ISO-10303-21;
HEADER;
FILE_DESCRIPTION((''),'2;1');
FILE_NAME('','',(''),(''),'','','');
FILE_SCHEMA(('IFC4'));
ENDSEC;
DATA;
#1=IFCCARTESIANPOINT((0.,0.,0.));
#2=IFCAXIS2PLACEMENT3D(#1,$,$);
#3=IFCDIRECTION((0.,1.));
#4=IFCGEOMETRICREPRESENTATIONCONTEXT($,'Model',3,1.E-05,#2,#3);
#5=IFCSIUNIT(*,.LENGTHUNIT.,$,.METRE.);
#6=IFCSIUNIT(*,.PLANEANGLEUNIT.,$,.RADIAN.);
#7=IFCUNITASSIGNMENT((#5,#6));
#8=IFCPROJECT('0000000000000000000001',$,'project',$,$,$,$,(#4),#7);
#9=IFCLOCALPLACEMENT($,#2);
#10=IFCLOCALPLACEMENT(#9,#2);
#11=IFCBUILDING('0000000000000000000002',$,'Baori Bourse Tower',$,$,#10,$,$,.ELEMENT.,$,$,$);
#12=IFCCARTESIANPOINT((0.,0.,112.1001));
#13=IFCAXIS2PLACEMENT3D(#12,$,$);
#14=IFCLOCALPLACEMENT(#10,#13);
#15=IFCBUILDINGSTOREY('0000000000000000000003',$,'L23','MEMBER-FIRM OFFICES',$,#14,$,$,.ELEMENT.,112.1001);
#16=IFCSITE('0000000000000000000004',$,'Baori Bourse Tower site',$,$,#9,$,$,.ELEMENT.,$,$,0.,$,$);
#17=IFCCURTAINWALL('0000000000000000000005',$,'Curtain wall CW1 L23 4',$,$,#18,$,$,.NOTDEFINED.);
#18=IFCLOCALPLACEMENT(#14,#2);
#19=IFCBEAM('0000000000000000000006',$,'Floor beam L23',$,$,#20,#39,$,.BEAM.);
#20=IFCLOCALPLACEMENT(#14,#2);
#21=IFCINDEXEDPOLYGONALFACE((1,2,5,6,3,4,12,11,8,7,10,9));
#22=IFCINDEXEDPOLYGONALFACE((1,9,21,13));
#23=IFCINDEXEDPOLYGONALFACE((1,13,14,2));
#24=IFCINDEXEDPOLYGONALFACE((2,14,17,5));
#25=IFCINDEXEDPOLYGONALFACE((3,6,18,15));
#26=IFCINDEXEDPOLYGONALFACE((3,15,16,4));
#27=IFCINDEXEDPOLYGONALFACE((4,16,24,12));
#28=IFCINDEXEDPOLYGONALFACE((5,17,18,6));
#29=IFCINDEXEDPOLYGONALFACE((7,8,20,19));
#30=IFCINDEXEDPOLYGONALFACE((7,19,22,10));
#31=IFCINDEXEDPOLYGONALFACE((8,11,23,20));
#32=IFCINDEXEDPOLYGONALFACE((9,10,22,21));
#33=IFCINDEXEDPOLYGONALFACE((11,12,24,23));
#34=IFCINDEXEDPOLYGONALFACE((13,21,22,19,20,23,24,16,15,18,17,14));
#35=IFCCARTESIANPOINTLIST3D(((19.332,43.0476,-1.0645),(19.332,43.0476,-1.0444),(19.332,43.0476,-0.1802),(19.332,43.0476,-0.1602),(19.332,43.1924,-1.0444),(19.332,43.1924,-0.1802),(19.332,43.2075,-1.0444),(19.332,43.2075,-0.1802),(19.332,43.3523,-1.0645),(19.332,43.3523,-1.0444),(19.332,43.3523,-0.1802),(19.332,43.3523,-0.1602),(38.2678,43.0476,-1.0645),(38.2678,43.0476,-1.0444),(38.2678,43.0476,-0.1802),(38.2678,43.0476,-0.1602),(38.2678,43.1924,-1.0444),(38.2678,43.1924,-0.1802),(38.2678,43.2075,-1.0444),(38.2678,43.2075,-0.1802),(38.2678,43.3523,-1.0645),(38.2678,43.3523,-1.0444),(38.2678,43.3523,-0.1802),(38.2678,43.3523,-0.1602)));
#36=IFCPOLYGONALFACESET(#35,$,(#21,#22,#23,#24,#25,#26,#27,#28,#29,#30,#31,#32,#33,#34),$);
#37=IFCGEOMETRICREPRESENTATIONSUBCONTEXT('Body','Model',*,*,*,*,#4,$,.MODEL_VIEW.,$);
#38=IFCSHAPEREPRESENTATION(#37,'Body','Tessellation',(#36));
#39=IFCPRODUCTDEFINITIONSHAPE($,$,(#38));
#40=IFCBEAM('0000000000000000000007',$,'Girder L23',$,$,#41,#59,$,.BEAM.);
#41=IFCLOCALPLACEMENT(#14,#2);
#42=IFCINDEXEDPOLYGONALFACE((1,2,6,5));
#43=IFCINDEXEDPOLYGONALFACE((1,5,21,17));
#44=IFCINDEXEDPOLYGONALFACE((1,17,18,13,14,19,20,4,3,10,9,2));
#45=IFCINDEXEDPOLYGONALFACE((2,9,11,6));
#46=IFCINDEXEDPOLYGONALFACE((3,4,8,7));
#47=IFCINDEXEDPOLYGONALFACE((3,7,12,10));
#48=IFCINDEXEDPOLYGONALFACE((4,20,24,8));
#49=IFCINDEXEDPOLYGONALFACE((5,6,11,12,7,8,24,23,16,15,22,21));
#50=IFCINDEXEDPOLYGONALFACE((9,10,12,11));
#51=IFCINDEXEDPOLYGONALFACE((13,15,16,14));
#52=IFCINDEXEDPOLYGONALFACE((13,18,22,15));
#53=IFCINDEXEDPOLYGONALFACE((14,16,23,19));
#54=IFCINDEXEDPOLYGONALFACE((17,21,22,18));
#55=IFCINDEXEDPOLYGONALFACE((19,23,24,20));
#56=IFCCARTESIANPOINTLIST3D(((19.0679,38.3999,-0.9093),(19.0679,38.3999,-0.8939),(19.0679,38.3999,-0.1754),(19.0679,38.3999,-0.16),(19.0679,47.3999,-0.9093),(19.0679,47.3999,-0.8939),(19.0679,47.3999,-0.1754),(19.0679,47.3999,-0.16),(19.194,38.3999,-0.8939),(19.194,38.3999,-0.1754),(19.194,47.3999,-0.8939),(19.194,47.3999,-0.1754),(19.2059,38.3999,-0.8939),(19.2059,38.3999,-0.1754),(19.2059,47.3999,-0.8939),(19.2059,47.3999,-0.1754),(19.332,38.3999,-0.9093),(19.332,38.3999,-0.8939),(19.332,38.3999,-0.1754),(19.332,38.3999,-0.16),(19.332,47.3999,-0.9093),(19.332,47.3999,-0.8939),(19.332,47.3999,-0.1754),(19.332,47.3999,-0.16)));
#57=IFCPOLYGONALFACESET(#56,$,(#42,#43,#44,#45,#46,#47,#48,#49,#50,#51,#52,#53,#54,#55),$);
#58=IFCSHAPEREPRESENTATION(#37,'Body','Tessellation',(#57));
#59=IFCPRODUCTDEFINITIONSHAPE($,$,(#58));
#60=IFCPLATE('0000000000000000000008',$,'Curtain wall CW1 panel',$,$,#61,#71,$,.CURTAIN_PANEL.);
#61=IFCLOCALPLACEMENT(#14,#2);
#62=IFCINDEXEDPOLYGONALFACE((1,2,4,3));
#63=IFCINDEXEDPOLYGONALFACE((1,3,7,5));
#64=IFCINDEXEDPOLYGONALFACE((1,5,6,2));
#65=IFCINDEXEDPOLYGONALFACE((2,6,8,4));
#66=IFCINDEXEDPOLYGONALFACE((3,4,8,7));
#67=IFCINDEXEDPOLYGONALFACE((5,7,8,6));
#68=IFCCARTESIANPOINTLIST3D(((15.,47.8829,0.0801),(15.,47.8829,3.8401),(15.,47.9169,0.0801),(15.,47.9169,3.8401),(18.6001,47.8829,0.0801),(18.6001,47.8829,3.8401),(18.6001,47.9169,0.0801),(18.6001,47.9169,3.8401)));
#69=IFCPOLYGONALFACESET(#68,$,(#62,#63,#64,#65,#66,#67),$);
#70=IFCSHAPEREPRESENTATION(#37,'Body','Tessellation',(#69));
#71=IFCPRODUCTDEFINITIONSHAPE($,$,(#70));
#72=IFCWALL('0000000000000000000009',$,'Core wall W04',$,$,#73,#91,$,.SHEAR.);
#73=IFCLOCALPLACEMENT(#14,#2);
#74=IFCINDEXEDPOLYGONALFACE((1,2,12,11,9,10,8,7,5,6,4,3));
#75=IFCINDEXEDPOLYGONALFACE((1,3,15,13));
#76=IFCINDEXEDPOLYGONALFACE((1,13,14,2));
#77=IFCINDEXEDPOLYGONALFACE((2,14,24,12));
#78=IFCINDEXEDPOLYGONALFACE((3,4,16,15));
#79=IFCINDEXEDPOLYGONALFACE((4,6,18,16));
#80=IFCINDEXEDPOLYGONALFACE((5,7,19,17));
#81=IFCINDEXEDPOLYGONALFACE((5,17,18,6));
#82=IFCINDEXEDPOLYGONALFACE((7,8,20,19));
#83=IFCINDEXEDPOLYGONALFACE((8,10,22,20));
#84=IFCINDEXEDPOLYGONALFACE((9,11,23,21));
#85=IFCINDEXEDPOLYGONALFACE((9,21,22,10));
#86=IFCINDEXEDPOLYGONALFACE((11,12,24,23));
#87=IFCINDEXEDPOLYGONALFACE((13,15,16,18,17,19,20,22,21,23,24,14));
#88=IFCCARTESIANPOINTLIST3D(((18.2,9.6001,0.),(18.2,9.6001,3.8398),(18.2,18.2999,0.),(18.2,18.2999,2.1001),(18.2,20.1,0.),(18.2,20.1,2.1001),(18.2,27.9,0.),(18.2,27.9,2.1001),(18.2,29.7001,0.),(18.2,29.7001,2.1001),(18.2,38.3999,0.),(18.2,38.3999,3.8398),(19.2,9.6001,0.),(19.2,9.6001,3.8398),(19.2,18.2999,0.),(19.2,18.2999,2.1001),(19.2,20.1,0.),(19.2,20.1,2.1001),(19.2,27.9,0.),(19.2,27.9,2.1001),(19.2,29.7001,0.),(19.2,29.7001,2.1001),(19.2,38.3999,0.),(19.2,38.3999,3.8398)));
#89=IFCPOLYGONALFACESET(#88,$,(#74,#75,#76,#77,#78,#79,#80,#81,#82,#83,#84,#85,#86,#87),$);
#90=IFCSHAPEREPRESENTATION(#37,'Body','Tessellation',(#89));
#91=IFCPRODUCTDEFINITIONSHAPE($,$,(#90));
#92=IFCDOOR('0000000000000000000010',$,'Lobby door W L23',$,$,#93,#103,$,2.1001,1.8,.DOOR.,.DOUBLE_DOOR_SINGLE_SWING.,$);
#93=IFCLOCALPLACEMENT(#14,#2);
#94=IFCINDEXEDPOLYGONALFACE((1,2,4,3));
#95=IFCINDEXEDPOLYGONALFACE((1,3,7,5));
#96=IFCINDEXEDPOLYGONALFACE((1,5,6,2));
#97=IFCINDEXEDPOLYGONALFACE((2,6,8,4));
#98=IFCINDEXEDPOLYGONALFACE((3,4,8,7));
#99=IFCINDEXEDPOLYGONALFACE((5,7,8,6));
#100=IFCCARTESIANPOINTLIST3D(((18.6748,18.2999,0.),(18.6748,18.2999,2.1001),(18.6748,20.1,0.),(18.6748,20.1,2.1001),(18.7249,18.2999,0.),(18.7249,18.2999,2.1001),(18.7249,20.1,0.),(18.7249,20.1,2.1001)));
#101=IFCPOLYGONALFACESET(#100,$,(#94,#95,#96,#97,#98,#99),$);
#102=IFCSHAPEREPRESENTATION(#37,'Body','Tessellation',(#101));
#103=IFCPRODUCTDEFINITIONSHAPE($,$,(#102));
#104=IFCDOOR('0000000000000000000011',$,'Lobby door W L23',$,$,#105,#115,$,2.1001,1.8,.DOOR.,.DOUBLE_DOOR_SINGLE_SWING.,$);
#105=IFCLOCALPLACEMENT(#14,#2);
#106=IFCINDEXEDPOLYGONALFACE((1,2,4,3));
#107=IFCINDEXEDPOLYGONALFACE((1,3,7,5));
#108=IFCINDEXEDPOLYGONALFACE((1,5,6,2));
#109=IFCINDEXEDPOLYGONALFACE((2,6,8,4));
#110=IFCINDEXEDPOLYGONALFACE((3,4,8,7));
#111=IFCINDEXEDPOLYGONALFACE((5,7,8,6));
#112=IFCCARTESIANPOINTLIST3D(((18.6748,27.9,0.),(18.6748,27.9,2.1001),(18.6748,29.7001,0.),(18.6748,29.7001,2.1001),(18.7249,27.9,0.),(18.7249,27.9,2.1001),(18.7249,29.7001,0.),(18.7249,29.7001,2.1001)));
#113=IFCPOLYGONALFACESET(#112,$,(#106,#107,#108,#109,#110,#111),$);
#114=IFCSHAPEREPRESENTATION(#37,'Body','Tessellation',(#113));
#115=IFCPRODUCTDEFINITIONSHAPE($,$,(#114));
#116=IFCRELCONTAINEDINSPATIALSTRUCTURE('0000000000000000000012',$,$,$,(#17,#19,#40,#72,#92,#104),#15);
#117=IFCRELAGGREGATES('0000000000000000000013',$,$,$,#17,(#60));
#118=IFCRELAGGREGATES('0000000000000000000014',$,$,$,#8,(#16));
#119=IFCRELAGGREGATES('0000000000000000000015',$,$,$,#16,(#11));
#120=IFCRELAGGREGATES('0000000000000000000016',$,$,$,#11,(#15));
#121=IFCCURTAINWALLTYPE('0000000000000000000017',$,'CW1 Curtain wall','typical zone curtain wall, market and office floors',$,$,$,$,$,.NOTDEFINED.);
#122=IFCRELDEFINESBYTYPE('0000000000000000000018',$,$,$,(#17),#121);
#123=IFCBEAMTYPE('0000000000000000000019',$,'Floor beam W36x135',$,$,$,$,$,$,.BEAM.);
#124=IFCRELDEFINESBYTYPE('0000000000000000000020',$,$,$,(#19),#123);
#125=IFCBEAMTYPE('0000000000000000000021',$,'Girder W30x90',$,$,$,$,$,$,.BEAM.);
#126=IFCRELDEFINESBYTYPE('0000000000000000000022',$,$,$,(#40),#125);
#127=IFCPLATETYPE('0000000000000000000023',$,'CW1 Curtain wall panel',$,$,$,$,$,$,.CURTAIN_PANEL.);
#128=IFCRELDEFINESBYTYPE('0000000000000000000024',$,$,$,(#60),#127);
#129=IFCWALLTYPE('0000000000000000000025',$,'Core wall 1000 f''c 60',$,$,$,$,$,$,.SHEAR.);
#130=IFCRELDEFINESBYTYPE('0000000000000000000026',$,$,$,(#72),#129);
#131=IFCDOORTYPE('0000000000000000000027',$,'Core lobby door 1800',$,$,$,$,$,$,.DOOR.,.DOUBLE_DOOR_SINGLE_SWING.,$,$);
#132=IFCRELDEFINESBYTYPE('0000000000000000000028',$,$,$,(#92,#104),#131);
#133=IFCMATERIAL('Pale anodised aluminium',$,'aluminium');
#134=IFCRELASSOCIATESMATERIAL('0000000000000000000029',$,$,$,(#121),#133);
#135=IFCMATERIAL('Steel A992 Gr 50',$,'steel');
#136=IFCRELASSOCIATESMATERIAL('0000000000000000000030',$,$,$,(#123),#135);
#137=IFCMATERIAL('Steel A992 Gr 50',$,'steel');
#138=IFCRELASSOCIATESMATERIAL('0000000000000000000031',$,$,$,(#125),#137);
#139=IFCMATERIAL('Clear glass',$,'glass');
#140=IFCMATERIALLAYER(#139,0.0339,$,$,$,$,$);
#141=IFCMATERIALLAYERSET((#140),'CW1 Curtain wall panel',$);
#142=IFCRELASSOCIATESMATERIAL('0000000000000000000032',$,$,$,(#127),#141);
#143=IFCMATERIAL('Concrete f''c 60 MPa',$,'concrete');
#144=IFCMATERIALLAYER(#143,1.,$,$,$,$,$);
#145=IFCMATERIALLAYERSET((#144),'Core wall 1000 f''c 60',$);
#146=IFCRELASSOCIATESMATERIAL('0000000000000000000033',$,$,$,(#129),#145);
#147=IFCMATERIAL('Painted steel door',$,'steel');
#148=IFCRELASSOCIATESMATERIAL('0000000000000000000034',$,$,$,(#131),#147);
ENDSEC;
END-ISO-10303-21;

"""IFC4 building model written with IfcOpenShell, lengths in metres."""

from ifc_helpers import new_model, si_unit, direction, frame, frame_2d, origin, origin_2d, place, context, subcontext, project, spatial, rectangle, i_section, extrude, material, layer, layer_set, material_profile, profile_set, type_object, element, fill, aggregate, save


model = new_model("IFC4")

# Units and contexts
model_context = context("Model", 3, precision=1e-05, world=origin(), true_north=direction((0.0, 1.0)))
body_context = subcontext(model_context, "Body", "Model", "MODEL_VIEW")
ifc_project = project(units=[si_unit("LENGTHUNIT", "METRE"), si_unit("PLANEANGLEUNIT", "RADIAN")], contexts=[model_context])

# Site, building, storey
site_placement = place(None, origin())
site = spatial("IfcSite", under=ifc_project, at=site_placement, Name="Baori Bourse Tower site", CompositionType="ELEMENT", RefElevation=0.0)
building_placement = place(site_placement, origin())
building = spatial("IfcBuilding", under=site, at=building_placement, Name="Baori Bourse Tower", CompositionType="ELEMENT")
storey_placement = place(building_placement, frame((0.0, 0.0, 112.1001)))
storey = spatial("IfcBuildingStorey", under=building, at=storey_placement, Name="L23", Description="MEMBER-FIRM OFFICES", CompositionType="ELEMENT", Elevation=112.1001)

# Curtain wall
ifc_material_1 = material(Name="Pale anodised aluminium", Category="aluminium")
curtain_wall_type = type_object("IfcCurtainWallType", Name="CW1 Curtain wall", Description="typical zone curtain wall, market and office floors", PredefinedType="NOTDEFINED", material=ifc_material_1)
curtain_wall_placement = place(storey_placement, origin())
curtain_wall = element("IfcCurtainWall", 1, at=curtain_wall_placement, inside=storey, type_object=curtain_wall_type, Name="Curtain wall CW1 L23 4", PredefinedType="NOTDEFINED")

# Beams
ifc_material_2 = material(Name="Steel A992 Gr 50", Category="steel")
ifc_material_profile_1 = material_profile(ifc_material_2, i_section(OverallWidth=0.3047, OverallDepth=0.9043, WebThickness=0.0151, FlangeThickness=0.02, at=origin_2d()), Name="W36x135")
ifc_profile_set_1 = profile_set([ifc_material_profile_1], Name="Steel A992 Gr 50")
beam_type_1 = type_object("IfcBeamType", Name="Floor beam W36x135", PredefinedType="BEAM", material=ifc_profile_set_1)
beam_1_placement = place(storey_placement, frame((19.332, 43.2, -0.6123), z_axis=(1.0, 0.0, 0.0), x_axis=(0.0, 1.0, 0.0)))
element("IfcBeam", 2, at=beam_1_placement, inside=storey, type_object=beam_type_1, Name="Floor beam L23", PredefinedType="BEAM", context=body_context, shape_type="SweptSolid", body=[
    extrude(i_section(OverallWidth=0.3047, OverallDepth=0.9043, WebThickness=0.0151, FlangeThickness=0.02, at=origin_2d()), origin(), (0.0, 0.0, 1.0), 18.9358),
])
ifc_material_3 = material(Name="Steel A992 Gr 50", Category="steel")
ifc_material_profile_2 = material_profile(ifc_material_3, i_section(OverallWidth=0.2642, OverallDepth=0.7493, WebThickness=0.012, FlangeThickness=0.0154, at=origin_2d()), Name="W30x90")
ifc_profile_set_2 = profile_set([ifc_material_profile_2], Name="Steel A992 Gr 50")
beam_type_2 = type_object("IfcBeamType", Name="Girder W30x90", PredefinedType="BEAM", material=ifc_profile_set_2)
beam_2_placement = place(storey_placement, frame((19.2, 38.3999, -0.5347), z_axis=(0.0, 1.0, 0.0), x_axis=(-1.0, 0.0, 0.0)))
element("IfcBeam", 3, at=beam_2_placement, inside=storey, type_object=beam_type_2, Name="Girder L23", PredefinedType="BEAM", context=body_context, shape_type="SweptSolid", body=[
    extrude(i_section(OverallWidth=0.2642, OverallDepth=0.7493, WebThickness=0.012, FlangeThickness=0.0154, at=origin_2d()), origin(), (0.0, 0.0, 1.0), 9.0),
])

# Plate
ifc_material_4 = material(Name="Clear glass", Category="glass")
ifc_layer_1 = layer(ifc_material_4, 0.0339)
ifc_layer_set_1 = layer_set([ifc_layer_1], Name="CW1 Curtain wall panel")
plate_type = type_object("IfcPlateType", Name="CW1 Curtain wall panel", PredefinedType="CURTAIN_PANEL", material=ifc_layer_set_1)
plate_placement = place(storey_placement, frame((16.8, 47.8999, 0.0801), z_axis=(0.0, 0.0, 1.0), x_axis=(-1.0, 0.0, 0.0)))
plate = element("IfcPlate", 4, at=plate_placement, type_object=plate_type, Name="Curtain wall CW1 panel", PredefinedType="CURTAIN_PANEL", context=body_context, shape_type="SweptSolid", body=[
    extrude(rectangle(XDim=3.6001, YDim=0.0339, at=origin_2d()), origin(), (0.0, 0.0, 1.0), 3.76),
])
aggregate(curtain_wall, [plate])

# Wall, openings, doors
ifc_material_5 = material(Name="Concrete f'c 60 MPa", Category="concrete")
ifc_layer_2 = layer(ifc_material_5, 1.0)
ifc_layer_set_2 = layer_set([ifc_layer_2], Name="Core wall 1000 f'c 60")
wall_type_1 = type_object("IfcWallType", Name="Core wall 1000 f'c 60", PredefinedType="SHEAR", material=ifc_layer_set_2)
wall_1_placement = place(storey_placement, frame((18.7, 38.3999, 0.0), z_axis=(0.0, 0.0, 1.0), x_axis=(0.0, -1.0, 0.0)))
wall_1 = element("IfcWall", 5, at=wall_1_placement, inside=storey, type_object=wall_type_1, Name="Core wall W04", PredefinedType="SHEAR", context=body_context, shape_type="SweptSolid", body=[
    extrude(rectangle(XDim=28.7998, YDim=1.0, at=frame_2d((14.3999, 0.0))), origin(), (0.0, 0.0, 1.0), 3.8398),
])
opening_1_placement = place(wall_1_placement, frame((18.3, 0.0, 0.0)))
opening_1 = element("IfcOpeningElement", 6, at=opening_1_placement, cuts=wall_1, PredefinedType="OPENING", context=body_context, shape_type="SweptSolid", body=[
    extrude(rectangle(XDim=1.8, YDim=2.1001, at=frame_2d((0.8999, 1.05))), frame((0.0, 0.51, 0.0), z_axis=(0.0, -1.0, 0.0), x_axis=(1.0, 0.0, 0.0)), (0.0, 0.0, 1.0), 1.02),
])
opening_2_placement = place(wall_1_placement, frame((8.7, 0.0, 0.0)))
opening_2 = element("IfcOpeningElement", 7, at=opening_2_placement, cuts=wall_1, PredefinedType="OPENING", context=body_context, shape_type="SweptSolid", body=[
    extrude(rectangle(XDim=1.8, YDim=2.1001, at=frame_2d((0.8999, 1.05))), frame((0.0, 0.51, 0.0), z_axis=(0.0, -1.0, 0.0), x_axis=(1.0, 0.0, 0.0)), (0.0, 0.0, 1.0), 1.02),
])
ifc_material_6 = material(Name="Painted steel door", Category="steel")
door_type_1 = type_object("IfcDoorType", Name="Core lobby door 1800", OperationType="DOUBLE_DOOR_SINGLE_SWING", PredefinedType="DOOR", material=ifc_material_6)
door_1_placement = place(opening_1_placement, origin())
door_1 = element("IfcDoor", 8, at=door_1_placement, inside=storey, type_object=door_type_1, Name="Lobby door W L23", OperationType="DOUBLE_DOOR_SINGLE_SWING", OverallHeight=2.1001, OverallWidth=1.8, PredefinedType="DOOR", context=body_context, shape_type="SweptSolid", body=[
    extrude(rectangle(XDim=1.8, YDim=2.1001, at=frame_2d((0.8999, 1.05))), frame((0.0, 0.0249, 0.0), z_axis=(0.0, -1.0, 0.0), x_axis=(1.0, 0.0, 0.0)), (0.0, 0.0, 1.0), 0.05),
])
fill(opening_1, door_1)
door_2_placement = place(opening_2_placement, origin())
door_2 = element("IfcDoor", 9, at=door_2_placement, inside=storey, type_object=door_type_1, Name="Lobby door W L23", OperationType="DOUBLE_DOOR_SINGLE_SWING", OverallHeight=2.1001, OverallWidth=1.8, PredefinedType="DOOR", context=body_context, shape_type="SweptSolid", body=[
    extrude(rectangle(XDim=1.8, YDim=2.1001, at=frame_2d((0.8999, 1.05))), frame((0.0, 0.0249, 0.0), z_axis=(0.0, -1.0, 0.0), x_axis=(1.0, 0.0, 0.0)), (0.0, 0.0, 1.0), 0.05),
])
fill(opening_2, door_2)

save(model, "model.ifc")
